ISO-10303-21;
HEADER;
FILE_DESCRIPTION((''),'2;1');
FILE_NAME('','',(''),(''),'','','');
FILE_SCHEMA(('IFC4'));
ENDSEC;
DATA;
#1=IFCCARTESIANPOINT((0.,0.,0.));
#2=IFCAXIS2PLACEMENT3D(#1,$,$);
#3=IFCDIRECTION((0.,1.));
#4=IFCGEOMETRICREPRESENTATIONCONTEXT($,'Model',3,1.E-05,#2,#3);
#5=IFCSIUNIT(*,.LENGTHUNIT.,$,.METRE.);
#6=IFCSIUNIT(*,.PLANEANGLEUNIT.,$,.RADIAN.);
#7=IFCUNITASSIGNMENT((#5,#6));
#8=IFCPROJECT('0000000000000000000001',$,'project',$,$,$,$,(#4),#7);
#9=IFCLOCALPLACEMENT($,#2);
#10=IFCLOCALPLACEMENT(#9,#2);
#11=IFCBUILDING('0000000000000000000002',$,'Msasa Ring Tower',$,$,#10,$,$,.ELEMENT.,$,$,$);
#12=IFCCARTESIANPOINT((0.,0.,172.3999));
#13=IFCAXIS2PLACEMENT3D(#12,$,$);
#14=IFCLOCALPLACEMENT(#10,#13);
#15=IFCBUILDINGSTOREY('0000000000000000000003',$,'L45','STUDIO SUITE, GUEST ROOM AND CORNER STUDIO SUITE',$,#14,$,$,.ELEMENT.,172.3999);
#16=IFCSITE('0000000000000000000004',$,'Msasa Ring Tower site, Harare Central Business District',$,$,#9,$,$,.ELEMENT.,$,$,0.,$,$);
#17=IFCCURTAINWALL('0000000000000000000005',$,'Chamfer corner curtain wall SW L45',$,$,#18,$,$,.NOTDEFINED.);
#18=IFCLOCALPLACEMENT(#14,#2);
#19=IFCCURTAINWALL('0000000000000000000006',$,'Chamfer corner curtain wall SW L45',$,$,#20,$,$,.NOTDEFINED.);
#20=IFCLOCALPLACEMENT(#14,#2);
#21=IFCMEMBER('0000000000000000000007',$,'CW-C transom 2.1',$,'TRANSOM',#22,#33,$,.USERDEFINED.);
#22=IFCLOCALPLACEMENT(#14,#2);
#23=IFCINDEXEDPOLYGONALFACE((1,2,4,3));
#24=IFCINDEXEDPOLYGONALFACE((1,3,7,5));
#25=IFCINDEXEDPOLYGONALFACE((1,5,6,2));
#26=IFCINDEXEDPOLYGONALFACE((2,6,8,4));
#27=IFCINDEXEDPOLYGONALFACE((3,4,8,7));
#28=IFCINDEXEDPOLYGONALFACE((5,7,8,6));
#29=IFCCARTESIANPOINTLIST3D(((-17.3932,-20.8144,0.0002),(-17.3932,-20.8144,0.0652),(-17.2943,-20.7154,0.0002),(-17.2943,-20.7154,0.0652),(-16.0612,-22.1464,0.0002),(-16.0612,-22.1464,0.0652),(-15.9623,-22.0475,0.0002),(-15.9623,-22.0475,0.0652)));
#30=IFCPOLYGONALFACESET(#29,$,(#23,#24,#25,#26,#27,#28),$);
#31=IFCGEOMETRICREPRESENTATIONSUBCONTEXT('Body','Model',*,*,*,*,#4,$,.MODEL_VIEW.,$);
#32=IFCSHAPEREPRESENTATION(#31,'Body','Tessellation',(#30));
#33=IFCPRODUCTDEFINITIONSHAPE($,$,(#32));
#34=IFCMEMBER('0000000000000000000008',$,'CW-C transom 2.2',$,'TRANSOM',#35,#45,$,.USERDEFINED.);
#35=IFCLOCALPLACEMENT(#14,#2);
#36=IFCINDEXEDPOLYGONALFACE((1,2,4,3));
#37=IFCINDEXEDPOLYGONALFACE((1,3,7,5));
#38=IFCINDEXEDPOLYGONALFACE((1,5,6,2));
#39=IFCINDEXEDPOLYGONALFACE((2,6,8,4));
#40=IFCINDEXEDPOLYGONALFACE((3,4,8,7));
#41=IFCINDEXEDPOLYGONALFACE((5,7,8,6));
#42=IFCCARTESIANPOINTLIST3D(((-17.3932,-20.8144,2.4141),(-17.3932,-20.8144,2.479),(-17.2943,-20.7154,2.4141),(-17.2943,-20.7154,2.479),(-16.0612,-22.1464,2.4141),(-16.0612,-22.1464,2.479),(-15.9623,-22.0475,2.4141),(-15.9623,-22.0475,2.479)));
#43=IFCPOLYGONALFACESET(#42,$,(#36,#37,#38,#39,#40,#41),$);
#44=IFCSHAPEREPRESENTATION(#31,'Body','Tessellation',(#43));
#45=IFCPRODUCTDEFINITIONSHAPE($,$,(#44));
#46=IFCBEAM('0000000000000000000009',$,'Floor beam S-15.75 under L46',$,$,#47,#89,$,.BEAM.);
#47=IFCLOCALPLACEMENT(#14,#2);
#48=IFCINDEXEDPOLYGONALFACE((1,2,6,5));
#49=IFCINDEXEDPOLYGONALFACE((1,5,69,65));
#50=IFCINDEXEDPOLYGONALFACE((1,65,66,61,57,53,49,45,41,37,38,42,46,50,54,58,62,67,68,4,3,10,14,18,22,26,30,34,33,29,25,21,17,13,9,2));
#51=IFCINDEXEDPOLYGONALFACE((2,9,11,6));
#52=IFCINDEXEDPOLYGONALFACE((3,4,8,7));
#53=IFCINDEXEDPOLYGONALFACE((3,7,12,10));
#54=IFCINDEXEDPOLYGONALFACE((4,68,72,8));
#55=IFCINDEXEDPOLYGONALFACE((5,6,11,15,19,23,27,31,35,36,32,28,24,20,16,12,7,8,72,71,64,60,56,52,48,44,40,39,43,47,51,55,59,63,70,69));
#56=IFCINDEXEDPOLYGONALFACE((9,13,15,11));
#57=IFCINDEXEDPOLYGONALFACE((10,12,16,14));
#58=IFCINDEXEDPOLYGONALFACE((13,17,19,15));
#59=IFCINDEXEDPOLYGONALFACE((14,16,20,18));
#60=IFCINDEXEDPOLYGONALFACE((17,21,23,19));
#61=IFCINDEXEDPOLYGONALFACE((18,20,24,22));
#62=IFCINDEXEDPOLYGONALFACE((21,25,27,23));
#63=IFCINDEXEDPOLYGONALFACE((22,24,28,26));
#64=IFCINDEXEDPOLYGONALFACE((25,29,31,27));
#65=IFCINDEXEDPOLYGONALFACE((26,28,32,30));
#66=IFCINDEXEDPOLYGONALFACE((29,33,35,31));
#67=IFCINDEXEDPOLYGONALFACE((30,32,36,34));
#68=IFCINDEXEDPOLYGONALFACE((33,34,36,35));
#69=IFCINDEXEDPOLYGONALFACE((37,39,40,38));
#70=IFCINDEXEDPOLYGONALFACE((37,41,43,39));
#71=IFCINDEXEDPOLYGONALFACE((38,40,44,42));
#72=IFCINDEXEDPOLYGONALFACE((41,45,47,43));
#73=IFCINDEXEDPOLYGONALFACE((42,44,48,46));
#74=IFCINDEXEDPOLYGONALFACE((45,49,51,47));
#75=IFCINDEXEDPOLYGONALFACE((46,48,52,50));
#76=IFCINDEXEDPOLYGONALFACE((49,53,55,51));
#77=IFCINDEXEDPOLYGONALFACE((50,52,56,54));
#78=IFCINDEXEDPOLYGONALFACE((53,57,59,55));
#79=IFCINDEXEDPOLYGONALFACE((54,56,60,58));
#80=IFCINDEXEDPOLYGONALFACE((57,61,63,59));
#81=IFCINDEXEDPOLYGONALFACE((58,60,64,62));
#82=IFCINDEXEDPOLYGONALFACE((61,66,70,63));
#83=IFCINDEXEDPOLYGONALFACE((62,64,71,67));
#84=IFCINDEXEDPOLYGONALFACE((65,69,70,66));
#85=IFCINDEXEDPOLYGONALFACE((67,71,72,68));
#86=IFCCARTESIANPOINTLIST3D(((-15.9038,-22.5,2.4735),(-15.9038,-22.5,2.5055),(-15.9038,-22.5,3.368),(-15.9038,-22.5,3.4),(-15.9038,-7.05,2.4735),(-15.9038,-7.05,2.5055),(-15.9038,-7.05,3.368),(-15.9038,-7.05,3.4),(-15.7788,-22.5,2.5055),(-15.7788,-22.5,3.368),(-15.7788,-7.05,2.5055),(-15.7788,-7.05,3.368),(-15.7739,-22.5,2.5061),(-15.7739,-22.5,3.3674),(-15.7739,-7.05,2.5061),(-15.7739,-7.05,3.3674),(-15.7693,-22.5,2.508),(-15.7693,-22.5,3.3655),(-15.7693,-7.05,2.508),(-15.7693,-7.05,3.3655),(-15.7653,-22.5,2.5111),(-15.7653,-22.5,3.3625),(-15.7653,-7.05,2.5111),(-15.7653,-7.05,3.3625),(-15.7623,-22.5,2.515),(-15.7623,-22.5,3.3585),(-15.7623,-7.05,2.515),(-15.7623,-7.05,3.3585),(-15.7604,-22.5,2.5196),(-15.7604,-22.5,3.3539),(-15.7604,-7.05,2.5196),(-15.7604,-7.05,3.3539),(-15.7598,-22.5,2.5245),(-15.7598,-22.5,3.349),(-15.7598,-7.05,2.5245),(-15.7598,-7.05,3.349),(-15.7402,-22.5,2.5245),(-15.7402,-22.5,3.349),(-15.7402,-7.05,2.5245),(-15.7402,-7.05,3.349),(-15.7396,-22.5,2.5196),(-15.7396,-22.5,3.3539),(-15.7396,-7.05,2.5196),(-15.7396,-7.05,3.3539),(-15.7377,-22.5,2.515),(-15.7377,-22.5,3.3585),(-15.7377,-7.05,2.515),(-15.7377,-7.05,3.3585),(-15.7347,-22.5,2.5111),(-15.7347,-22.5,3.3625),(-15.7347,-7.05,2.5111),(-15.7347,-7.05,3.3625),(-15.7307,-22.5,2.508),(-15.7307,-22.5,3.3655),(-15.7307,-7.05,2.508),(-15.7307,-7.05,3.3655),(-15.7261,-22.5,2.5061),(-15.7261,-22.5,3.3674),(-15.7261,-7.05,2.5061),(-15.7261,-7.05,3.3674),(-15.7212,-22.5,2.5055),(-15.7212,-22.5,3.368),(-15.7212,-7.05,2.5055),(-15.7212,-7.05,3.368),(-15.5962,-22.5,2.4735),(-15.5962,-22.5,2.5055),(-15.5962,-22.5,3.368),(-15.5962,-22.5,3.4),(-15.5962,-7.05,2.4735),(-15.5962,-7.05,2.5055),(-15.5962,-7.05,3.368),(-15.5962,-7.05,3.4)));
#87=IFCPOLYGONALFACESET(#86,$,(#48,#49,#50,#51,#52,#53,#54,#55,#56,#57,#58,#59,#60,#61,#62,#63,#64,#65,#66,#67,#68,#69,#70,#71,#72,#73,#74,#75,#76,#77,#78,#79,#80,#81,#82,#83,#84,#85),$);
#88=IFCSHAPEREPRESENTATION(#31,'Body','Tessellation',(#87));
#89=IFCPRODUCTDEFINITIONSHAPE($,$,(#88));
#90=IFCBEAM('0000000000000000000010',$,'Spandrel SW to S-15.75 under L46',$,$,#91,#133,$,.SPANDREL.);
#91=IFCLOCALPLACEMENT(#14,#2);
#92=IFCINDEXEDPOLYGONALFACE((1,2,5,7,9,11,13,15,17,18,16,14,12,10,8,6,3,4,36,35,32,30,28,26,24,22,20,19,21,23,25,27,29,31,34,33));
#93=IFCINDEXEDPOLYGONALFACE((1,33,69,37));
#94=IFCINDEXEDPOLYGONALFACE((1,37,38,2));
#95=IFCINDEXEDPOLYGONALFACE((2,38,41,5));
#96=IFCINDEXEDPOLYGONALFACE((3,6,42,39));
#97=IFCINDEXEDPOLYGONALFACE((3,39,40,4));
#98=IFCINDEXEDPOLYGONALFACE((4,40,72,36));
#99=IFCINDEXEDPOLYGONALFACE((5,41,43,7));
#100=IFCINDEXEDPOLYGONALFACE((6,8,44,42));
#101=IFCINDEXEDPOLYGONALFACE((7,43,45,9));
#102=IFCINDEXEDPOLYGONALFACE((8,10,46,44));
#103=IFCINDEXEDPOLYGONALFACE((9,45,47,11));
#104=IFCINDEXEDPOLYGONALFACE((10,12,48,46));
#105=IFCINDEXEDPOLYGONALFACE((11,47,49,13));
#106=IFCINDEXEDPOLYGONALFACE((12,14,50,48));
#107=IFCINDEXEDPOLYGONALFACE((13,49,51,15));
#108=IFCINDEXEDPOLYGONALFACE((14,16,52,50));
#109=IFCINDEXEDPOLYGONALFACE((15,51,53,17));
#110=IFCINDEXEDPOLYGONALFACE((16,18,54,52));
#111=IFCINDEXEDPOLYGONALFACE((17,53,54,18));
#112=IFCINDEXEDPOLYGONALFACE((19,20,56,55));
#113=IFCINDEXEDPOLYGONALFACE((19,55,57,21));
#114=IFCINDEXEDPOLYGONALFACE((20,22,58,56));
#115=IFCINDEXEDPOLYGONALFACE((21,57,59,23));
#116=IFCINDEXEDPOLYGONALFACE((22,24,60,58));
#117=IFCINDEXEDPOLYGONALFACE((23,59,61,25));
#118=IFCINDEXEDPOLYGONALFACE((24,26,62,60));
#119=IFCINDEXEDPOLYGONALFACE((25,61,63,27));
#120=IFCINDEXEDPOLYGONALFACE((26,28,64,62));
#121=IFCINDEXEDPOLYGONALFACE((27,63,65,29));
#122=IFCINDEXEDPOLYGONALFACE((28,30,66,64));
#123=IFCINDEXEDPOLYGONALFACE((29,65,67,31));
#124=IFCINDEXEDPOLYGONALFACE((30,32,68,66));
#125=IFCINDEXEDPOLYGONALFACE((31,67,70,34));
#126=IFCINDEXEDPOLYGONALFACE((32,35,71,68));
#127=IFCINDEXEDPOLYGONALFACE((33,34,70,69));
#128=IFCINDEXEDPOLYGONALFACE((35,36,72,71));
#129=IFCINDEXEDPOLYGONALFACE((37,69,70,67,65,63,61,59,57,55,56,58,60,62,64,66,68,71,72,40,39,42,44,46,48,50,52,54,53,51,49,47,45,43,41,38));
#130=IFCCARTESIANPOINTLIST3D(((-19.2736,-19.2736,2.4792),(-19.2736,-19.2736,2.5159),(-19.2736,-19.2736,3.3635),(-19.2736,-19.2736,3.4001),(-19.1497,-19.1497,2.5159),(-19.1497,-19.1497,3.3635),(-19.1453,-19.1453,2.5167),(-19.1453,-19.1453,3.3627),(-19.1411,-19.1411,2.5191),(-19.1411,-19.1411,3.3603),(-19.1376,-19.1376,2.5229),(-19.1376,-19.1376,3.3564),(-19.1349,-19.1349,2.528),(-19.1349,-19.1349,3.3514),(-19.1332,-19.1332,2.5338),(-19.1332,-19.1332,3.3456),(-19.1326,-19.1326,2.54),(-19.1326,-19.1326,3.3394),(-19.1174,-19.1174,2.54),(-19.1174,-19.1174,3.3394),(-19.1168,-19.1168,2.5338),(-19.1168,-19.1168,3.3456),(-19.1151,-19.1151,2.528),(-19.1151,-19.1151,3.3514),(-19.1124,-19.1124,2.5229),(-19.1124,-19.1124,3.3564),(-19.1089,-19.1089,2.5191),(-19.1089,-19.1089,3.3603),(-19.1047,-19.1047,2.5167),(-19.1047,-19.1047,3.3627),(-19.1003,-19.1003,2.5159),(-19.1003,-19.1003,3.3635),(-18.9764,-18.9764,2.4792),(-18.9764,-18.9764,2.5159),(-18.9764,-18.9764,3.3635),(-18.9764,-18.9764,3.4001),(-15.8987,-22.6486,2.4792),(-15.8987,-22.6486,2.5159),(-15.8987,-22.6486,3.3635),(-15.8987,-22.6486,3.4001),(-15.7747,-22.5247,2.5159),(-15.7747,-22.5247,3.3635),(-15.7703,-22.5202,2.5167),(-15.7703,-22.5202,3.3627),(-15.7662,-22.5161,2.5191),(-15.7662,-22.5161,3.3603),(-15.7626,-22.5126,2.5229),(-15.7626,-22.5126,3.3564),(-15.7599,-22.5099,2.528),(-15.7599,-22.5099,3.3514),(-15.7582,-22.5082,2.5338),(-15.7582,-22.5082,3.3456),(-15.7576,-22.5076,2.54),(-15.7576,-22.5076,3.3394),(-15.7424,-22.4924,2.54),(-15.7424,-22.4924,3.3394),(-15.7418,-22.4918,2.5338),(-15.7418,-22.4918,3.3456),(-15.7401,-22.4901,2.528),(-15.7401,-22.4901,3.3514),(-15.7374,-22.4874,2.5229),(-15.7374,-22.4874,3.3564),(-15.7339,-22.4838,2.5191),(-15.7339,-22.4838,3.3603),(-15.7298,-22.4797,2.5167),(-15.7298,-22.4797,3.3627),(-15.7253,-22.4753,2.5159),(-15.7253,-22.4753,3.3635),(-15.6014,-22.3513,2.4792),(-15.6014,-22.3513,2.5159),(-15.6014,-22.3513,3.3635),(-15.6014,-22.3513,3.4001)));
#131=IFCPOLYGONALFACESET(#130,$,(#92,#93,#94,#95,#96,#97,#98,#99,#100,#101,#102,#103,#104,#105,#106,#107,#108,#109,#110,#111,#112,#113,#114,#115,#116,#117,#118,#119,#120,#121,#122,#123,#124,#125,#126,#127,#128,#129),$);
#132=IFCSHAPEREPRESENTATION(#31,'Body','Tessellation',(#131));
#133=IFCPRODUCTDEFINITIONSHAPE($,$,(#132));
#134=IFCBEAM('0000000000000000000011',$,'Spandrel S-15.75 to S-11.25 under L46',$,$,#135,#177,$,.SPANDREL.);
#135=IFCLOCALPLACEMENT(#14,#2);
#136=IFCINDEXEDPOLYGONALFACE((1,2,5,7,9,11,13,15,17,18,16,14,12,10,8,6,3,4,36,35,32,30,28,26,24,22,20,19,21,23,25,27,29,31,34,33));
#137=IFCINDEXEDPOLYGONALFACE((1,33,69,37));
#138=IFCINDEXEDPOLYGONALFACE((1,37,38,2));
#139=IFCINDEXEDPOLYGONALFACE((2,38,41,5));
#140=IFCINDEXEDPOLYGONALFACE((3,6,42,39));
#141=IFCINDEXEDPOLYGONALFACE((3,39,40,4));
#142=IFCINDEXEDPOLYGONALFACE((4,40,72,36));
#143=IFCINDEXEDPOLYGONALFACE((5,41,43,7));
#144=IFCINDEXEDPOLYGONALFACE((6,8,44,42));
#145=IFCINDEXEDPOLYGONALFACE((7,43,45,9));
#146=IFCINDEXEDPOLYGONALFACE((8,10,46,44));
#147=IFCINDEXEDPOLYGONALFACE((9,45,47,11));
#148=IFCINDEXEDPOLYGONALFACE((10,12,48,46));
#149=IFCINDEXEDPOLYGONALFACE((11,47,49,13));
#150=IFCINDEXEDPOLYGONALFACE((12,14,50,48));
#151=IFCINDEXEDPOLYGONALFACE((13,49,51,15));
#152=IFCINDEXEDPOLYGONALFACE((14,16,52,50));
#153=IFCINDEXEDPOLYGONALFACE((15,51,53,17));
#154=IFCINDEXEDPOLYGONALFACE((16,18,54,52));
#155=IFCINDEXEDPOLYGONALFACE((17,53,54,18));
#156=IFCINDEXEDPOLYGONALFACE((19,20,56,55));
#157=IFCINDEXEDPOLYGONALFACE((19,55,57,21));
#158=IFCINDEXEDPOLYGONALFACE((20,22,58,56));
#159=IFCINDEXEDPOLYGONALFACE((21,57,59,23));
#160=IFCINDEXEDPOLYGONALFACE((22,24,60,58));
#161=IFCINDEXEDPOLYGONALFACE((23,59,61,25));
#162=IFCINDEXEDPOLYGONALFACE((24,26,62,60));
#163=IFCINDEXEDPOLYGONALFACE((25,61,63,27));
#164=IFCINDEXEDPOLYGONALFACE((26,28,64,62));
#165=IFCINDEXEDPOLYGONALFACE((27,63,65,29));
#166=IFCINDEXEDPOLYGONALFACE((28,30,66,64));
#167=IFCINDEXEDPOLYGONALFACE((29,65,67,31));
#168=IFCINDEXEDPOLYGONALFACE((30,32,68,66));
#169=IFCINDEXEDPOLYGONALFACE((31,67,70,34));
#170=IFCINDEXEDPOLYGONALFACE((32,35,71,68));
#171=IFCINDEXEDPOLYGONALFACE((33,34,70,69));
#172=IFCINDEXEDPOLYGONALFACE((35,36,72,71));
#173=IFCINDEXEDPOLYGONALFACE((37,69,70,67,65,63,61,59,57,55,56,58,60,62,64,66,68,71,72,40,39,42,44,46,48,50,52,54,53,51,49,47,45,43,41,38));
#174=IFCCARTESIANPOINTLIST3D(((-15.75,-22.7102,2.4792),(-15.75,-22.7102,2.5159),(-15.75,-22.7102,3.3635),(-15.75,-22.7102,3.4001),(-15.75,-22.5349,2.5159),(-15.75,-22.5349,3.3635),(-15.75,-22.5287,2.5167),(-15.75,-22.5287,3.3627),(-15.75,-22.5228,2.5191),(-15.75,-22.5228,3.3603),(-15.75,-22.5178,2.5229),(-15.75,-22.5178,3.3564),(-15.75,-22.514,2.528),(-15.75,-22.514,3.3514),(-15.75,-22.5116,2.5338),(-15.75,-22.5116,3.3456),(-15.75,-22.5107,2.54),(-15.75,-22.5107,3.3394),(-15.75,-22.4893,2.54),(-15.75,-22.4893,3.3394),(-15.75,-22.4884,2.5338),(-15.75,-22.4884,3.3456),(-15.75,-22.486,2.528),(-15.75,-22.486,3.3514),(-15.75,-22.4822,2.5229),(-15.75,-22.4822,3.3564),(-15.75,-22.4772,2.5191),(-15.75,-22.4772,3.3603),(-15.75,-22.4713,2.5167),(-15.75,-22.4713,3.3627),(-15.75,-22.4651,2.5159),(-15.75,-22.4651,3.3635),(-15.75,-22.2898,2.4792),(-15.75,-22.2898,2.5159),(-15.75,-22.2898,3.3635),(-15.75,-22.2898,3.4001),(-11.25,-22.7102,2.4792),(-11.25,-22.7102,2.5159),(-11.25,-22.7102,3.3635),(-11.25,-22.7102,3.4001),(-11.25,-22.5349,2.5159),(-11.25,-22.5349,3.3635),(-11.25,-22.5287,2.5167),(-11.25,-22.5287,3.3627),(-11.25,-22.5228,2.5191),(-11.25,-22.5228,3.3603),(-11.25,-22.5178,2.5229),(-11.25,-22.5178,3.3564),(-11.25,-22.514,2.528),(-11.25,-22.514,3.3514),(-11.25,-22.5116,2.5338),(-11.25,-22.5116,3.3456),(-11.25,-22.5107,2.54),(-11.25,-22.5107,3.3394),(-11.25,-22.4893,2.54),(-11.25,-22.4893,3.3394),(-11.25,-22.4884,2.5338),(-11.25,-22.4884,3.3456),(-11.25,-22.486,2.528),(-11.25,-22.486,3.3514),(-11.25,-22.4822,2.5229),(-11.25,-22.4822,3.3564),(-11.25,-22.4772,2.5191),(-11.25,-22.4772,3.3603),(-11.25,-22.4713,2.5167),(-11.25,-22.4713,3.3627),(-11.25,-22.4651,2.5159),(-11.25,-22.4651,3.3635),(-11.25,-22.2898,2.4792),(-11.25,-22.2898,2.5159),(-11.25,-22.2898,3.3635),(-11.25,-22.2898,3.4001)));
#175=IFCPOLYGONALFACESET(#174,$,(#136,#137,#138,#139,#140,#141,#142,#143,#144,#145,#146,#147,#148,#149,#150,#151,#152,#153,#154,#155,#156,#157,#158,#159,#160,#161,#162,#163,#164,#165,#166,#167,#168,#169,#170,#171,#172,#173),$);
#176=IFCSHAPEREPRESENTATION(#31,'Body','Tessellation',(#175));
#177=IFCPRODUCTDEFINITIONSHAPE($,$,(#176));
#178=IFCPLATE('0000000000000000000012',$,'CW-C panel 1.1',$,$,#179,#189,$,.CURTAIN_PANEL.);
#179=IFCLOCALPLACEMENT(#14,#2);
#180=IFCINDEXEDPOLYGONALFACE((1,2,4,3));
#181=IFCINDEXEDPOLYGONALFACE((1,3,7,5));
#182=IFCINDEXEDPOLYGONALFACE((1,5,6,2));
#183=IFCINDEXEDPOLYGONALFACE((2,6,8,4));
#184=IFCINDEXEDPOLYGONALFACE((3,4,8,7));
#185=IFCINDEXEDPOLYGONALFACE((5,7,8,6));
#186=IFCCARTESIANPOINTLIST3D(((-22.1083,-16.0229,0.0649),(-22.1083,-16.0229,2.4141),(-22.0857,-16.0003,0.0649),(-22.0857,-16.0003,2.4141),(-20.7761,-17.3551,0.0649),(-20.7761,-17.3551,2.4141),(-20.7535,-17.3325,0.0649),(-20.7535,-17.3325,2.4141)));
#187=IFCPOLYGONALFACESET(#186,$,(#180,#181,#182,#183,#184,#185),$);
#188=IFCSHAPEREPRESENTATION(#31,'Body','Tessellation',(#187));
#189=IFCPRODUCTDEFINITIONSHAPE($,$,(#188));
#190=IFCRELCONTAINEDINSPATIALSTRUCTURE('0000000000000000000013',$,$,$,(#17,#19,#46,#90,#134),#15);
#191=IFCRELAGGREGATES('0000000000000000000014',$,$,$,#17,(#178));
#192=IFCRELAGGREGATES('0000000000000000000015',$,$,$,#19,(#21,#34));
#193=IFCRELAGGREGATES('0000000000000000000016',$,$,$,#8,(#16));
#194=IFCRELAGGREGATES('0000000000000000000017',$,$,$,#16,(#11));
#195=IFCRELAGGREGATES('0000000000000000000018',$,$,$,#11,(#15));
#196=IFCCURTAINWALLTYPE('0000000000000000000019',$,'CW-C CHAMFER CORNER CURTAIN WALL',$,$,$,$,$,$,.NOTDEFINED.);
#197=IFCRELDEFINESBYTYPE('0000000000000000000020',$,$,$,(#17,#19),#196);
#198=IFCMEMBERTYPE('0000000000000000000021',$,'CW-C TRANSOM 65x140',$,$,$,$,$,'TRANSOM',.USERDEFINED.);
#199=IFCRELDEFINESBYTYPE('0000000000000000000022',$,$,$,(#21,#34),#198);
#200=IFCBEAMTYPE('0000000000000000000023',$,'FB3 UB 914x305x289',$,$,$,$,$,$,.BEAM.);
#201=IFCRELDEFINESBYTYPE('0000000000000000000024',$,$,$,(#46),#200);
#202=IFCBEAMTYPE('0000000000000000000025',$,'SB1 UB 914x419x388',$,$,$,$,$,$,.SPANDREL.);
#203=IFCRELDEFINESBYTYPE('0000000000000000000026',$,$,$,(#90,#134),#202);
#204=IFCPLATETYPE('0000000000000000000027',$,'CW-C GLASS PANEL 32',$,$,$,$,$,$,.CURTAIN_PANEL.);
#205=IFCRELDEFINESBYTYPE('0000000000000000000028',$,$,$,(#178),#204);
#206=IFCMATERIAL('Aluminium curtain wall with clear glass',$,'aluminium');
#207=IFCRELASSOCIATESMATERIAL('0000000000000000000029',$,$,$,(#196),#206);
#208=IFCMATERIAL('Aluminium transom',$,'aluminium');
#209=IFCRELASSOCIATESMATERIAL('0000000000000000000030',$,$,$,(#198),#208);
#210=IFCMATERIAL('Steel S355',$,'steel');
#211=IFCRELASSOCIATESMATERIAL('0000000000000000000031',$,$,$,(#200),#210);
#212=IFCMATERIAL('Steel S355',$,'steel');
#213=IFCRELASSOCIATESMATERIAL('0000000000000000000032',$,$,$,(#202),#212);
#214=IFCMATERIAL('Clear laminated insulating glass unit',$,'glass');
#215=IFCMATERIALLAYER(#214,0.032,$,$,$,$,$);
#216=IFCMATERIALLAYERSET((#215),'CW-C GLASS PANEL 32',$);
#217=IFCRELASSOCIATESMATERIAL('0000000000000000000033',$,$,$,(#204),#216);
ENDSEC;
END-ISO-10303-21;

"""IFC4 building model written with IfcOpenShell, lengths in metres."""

from ifc_helpers import new_model, si_unit, direction, frame, origin, origin_2d, place, context, subcontext, project, spatial, rectangle, i_section, extrude, material, layer, layer_set, material_profile, profile_set, type_object, element, aggregate, save


model = new_model("IFC4")

# Units and contexts
model_context = context("Model", 3, precision=1e-05, world=origin(), true_north=direction((0.0, 1.0)))
body_context = subcontext(model_context, "Body", "Model", "MODEL_VIEW")
ifc_project = project(units=[si_unit("LENGTHUNIT", "METRE"), si_unit("PLANEANGLEUNIT", "RADIAN")], contexts=[model_context])

# Site, building, storey
site_placement = place(None, origin())
site = spatial("IfcSite", under=ifc_project, at=site_placement, Name="Msasa Ring Tower site, Harare Central Business District", CompositionType="ELEMENT", RefElevation=0.0)
building_placement = place(site_placement, origin())
building = spatial("IfcBuilding", under=site, at=building_placement, Name="Msasa Ring Tower", CompositionType="ELEMENT")
storey_placement = place(building_placement, frame((0.0, 0.0, 172.3999)))
storey = spatial("IfcBuildingStorey", under=building, at=storey_placement, Name="L45", Description="STUDIO SUITE, GUEST ROOM AND CORNER STUDIO SUITE", CompositionType="ELEMENT", Elevation=172.3999)

# Curtain walls
ifc_material_1 = material(Name="Aluminium curtain wall with clear glass", Category="aluminium")
curtain_wall_type = type_object("IfcCurtainWallType", Name="CW-C CHAMFER CORNER CURTAIN WALL", PredefinedType="NOTDEFINED", material=ifc_material_1)
curtain_wall_1_placement = place(storey_placement, origin())
curtain_wall_1 = element("IfcCurtainWall", 1, at=curtain_wall_1_placement, inside=storey, type_object=curtain_wall_type, Name="Chamfer corner curtain wall SW L45", PredefinedType="NOTDEFINED")
curtain_wall_2_placement = place(storey_placement, origin())
curtain_wall_2 = element("IfcCurtainWall", 2, at=curtain_wall_2_placement, inside=storey, type_object=curtain_wall_type, Name="Chamfer corner curtain wall SW L45", PredefinedType="NOTDEFINED")

# Members
ifc_material_2 = material(Name="Aluminium transom", Category="aluminium")
ifc_material_profile_1 = material_profile(ifc_material_2, rectangle(XDim=0.1399, YDim=0.0649, at=origin_2d()), Name="AL 65x140")
ifc_profile_set_1 = profile_set([ifc_material_profile_1], Name="Aluminium transom")
member_type_1 = type_object("IfcMemberType", Name="CW-C TRANSOM 65x140", ElementType="TRANSOM", PredefinedType="USERDEFINED", material=ifc_profile_set_1)
member_1_placement = place(storey_placement, frame((-17.3438, -20.7649, 0.0327), z_axis=(0.707107, -0.707107, 0.0), x_axis=(0.707107, 0.707107, 0.0)))
member_1 = element("IfcMember", 3, at=member_1_placement, type_object=member_type_1, Name="CW-C transom 2.1", ObjectType="TRANSOM", PredefinedType="USERDEFINED", context=body_context, shape_type="SweptSolid", body=[
    extrude(rectangle(XDim=0.1399, YDim=0.0649, at=origin_2d()), origin(), (0.0, 0.0, 1.0), 1.8838),
])
member_2_placement = place(storey_placement, frame((-17.3438, -20.7649, 2.4465), z_axis=(0.707107, -0.707107, 0.0), x_axis=(0.707107, 0.707107, 0.0)))
member_2 = element("IfcMember", 4, at=member_2_placement, type_object=member_type_1, Name="CW-C transom 2.2", ObjectType="TRANSOM", PredefinedType="USERDEFINED", context=body_context, shape_type="SweptSolid", body=[
    extrude(rectangle(XDim=0.1399, YDim=0.0649, at=origin_2d()), origin(), (0.0, 0.0, 1.0), 1.8838),
])

# Beams
ifc_material_3 = material(Name="Steel S355", Category="steel")
ifc_material_profile_2 = material_profile(ifc_material_3, i_section(OverallWidth=0.3076, OverallDepth=0.9265, WebThickness=0.0195, FlangeThickness=0.032, FilletRadius=0.019, at=origin_2d()), Name="UB 914x305x289")
ifc_profile_set_2 = profile_set([ifc_material_profile_2], Name="Steel S355")
beam_type_1 = type_object("IfcBeamType", Name="FB3 UB 914x305x289", PredefinedType="BEAM", material=ifc_profile_set_2)
beam_1_placement = place(storey_placement, frame((-15.75, -22.5, 2.9368), z_axis=(0.0, 1.0, 0.0), x_axis=(-1.0, 0.0, 0.0)))
element("IfcBeam", 5, at=beam_1_placement, inside=storey, type_object=beam_type_1, Name="Floor beam S-15.75 under L46", PredefinedType="BEAM", context=body_context, shape_type="SweptSolid", body=[
    extrude(i_section(OverallWidth=0.3076, OverallDepth=0.9265, WebThickness=0.0195, FlangeThickness=0.032, FilletRadius=0.019, at=origin_2d()), origin(), (0.0, 0.0, 1.0), 15.45),
])
ifc_material_4 = material(Name="Steel S355", Category="steel")
ifc_material_profile_3 = material_profile(ifc_material_4, i_section(OverallWidth=0.4204, OverallDepth=0.9209, WebThickness=0.0215, FlangeThickness=0.0366, FilletRadius=0.0242, at=origin_2d()), Name="UB 914x419x388")
ifc_profile_set_3 = profile_set([ifc_material_profile_3], Name="Steel S355")
beam_type_2 = type_object("IfcBeamType", Name="SB1 UB 914x419x388", PredefinedType="SPANDREL", material=ifc_profile_set_3)
beam_2_placement = place(storey_placement, frame((-19.125, -19.125, 2.9397), z_axis=(0.707107, -0.707107, 0.0), x_axis=(0.707107, 0.707107, 0.0)))
element("IfcBeam", 6, at=beam_2_placement, inside=storey, type_object=beam_type_2, Name="Spandrel SW to S-15.75 under L46", PredefinedType="SPANDREL", context=body_context, shape_type="SweptSolid", body=[
    extrude(i_section(OverallWidth=0.4204, OverallDepth=0.9209, WebThickness=0.0215, FlangeThickness=0.0366, FilletRadius=0.0242, at=origin_2d()), origin(), (0.0, 0.0, 1.0), 4.7729),
])
beam_3_placement = place(storey_placement, frame((-15.75, -22.5, 2.9397), z_axis=(1.0, 0.0, 0.0), x_axis=(0.0, 1.0, 0.0)))
element("IfcBeam", 7, at=beam_3_placement, inside=storey, type_object=beam_type_2, Name="Spandrel S-15.75 to S-11.25 under L46", PredefinedType="SPANDREL", context=body_context, shape_type="SweptSolid", body=[
    extrude(i_section(OverallWidth=0.4204, OverallDepth=0.9209, WebThickness=0.0215, FlangeThickness=0.0366, FilletRadius=0.0242, at=origin_2d()), origin(), (0.0, 0.0, 1.0), 4.5),
])

# Plate
ifc_material_5 = material(Name="Clear laminated insulating glass unit", Category="glass")
ifc_layer_1 = layer(ifc_material_5, 0.032)
ifc_layer_set_1 = layer_set([ifc_layer_1], Name="CW-C GLASS PANEL 32")
plate_type = type_object("IfcPlateType", Name="CW-C GLASS PANEL 32", PredefinedType="CURTAIN_PANEL", material=ifc_layer_set_1)
plate_1_placement = place(storey_placement, frame((-21.4309, -16.6777, 0.0649), z_axis=(0.0, 0.0, 1.0), x_axis=(0.707107, -0.707107, 0.0)))
plate_1 = element("IfcPlate", 8, at=plate_1_placement, type_object=plate_type, Name="CW-C panel 1.1", PredefinedType="CURTAIN_PANEL", context=body_context, shape_type="SweptSolid", body=[
    extrude(rectangle(XDim=1.884, YDim=0.032, at=origin_2d()), origin(), (0.0, 0.0, 1.0), 2.3491),
])
aggregate(curtain_wall_1, [plate_1])
aggregate(curtain_wall_2, [member_1, member_2])

save(model, "model.ifc")
